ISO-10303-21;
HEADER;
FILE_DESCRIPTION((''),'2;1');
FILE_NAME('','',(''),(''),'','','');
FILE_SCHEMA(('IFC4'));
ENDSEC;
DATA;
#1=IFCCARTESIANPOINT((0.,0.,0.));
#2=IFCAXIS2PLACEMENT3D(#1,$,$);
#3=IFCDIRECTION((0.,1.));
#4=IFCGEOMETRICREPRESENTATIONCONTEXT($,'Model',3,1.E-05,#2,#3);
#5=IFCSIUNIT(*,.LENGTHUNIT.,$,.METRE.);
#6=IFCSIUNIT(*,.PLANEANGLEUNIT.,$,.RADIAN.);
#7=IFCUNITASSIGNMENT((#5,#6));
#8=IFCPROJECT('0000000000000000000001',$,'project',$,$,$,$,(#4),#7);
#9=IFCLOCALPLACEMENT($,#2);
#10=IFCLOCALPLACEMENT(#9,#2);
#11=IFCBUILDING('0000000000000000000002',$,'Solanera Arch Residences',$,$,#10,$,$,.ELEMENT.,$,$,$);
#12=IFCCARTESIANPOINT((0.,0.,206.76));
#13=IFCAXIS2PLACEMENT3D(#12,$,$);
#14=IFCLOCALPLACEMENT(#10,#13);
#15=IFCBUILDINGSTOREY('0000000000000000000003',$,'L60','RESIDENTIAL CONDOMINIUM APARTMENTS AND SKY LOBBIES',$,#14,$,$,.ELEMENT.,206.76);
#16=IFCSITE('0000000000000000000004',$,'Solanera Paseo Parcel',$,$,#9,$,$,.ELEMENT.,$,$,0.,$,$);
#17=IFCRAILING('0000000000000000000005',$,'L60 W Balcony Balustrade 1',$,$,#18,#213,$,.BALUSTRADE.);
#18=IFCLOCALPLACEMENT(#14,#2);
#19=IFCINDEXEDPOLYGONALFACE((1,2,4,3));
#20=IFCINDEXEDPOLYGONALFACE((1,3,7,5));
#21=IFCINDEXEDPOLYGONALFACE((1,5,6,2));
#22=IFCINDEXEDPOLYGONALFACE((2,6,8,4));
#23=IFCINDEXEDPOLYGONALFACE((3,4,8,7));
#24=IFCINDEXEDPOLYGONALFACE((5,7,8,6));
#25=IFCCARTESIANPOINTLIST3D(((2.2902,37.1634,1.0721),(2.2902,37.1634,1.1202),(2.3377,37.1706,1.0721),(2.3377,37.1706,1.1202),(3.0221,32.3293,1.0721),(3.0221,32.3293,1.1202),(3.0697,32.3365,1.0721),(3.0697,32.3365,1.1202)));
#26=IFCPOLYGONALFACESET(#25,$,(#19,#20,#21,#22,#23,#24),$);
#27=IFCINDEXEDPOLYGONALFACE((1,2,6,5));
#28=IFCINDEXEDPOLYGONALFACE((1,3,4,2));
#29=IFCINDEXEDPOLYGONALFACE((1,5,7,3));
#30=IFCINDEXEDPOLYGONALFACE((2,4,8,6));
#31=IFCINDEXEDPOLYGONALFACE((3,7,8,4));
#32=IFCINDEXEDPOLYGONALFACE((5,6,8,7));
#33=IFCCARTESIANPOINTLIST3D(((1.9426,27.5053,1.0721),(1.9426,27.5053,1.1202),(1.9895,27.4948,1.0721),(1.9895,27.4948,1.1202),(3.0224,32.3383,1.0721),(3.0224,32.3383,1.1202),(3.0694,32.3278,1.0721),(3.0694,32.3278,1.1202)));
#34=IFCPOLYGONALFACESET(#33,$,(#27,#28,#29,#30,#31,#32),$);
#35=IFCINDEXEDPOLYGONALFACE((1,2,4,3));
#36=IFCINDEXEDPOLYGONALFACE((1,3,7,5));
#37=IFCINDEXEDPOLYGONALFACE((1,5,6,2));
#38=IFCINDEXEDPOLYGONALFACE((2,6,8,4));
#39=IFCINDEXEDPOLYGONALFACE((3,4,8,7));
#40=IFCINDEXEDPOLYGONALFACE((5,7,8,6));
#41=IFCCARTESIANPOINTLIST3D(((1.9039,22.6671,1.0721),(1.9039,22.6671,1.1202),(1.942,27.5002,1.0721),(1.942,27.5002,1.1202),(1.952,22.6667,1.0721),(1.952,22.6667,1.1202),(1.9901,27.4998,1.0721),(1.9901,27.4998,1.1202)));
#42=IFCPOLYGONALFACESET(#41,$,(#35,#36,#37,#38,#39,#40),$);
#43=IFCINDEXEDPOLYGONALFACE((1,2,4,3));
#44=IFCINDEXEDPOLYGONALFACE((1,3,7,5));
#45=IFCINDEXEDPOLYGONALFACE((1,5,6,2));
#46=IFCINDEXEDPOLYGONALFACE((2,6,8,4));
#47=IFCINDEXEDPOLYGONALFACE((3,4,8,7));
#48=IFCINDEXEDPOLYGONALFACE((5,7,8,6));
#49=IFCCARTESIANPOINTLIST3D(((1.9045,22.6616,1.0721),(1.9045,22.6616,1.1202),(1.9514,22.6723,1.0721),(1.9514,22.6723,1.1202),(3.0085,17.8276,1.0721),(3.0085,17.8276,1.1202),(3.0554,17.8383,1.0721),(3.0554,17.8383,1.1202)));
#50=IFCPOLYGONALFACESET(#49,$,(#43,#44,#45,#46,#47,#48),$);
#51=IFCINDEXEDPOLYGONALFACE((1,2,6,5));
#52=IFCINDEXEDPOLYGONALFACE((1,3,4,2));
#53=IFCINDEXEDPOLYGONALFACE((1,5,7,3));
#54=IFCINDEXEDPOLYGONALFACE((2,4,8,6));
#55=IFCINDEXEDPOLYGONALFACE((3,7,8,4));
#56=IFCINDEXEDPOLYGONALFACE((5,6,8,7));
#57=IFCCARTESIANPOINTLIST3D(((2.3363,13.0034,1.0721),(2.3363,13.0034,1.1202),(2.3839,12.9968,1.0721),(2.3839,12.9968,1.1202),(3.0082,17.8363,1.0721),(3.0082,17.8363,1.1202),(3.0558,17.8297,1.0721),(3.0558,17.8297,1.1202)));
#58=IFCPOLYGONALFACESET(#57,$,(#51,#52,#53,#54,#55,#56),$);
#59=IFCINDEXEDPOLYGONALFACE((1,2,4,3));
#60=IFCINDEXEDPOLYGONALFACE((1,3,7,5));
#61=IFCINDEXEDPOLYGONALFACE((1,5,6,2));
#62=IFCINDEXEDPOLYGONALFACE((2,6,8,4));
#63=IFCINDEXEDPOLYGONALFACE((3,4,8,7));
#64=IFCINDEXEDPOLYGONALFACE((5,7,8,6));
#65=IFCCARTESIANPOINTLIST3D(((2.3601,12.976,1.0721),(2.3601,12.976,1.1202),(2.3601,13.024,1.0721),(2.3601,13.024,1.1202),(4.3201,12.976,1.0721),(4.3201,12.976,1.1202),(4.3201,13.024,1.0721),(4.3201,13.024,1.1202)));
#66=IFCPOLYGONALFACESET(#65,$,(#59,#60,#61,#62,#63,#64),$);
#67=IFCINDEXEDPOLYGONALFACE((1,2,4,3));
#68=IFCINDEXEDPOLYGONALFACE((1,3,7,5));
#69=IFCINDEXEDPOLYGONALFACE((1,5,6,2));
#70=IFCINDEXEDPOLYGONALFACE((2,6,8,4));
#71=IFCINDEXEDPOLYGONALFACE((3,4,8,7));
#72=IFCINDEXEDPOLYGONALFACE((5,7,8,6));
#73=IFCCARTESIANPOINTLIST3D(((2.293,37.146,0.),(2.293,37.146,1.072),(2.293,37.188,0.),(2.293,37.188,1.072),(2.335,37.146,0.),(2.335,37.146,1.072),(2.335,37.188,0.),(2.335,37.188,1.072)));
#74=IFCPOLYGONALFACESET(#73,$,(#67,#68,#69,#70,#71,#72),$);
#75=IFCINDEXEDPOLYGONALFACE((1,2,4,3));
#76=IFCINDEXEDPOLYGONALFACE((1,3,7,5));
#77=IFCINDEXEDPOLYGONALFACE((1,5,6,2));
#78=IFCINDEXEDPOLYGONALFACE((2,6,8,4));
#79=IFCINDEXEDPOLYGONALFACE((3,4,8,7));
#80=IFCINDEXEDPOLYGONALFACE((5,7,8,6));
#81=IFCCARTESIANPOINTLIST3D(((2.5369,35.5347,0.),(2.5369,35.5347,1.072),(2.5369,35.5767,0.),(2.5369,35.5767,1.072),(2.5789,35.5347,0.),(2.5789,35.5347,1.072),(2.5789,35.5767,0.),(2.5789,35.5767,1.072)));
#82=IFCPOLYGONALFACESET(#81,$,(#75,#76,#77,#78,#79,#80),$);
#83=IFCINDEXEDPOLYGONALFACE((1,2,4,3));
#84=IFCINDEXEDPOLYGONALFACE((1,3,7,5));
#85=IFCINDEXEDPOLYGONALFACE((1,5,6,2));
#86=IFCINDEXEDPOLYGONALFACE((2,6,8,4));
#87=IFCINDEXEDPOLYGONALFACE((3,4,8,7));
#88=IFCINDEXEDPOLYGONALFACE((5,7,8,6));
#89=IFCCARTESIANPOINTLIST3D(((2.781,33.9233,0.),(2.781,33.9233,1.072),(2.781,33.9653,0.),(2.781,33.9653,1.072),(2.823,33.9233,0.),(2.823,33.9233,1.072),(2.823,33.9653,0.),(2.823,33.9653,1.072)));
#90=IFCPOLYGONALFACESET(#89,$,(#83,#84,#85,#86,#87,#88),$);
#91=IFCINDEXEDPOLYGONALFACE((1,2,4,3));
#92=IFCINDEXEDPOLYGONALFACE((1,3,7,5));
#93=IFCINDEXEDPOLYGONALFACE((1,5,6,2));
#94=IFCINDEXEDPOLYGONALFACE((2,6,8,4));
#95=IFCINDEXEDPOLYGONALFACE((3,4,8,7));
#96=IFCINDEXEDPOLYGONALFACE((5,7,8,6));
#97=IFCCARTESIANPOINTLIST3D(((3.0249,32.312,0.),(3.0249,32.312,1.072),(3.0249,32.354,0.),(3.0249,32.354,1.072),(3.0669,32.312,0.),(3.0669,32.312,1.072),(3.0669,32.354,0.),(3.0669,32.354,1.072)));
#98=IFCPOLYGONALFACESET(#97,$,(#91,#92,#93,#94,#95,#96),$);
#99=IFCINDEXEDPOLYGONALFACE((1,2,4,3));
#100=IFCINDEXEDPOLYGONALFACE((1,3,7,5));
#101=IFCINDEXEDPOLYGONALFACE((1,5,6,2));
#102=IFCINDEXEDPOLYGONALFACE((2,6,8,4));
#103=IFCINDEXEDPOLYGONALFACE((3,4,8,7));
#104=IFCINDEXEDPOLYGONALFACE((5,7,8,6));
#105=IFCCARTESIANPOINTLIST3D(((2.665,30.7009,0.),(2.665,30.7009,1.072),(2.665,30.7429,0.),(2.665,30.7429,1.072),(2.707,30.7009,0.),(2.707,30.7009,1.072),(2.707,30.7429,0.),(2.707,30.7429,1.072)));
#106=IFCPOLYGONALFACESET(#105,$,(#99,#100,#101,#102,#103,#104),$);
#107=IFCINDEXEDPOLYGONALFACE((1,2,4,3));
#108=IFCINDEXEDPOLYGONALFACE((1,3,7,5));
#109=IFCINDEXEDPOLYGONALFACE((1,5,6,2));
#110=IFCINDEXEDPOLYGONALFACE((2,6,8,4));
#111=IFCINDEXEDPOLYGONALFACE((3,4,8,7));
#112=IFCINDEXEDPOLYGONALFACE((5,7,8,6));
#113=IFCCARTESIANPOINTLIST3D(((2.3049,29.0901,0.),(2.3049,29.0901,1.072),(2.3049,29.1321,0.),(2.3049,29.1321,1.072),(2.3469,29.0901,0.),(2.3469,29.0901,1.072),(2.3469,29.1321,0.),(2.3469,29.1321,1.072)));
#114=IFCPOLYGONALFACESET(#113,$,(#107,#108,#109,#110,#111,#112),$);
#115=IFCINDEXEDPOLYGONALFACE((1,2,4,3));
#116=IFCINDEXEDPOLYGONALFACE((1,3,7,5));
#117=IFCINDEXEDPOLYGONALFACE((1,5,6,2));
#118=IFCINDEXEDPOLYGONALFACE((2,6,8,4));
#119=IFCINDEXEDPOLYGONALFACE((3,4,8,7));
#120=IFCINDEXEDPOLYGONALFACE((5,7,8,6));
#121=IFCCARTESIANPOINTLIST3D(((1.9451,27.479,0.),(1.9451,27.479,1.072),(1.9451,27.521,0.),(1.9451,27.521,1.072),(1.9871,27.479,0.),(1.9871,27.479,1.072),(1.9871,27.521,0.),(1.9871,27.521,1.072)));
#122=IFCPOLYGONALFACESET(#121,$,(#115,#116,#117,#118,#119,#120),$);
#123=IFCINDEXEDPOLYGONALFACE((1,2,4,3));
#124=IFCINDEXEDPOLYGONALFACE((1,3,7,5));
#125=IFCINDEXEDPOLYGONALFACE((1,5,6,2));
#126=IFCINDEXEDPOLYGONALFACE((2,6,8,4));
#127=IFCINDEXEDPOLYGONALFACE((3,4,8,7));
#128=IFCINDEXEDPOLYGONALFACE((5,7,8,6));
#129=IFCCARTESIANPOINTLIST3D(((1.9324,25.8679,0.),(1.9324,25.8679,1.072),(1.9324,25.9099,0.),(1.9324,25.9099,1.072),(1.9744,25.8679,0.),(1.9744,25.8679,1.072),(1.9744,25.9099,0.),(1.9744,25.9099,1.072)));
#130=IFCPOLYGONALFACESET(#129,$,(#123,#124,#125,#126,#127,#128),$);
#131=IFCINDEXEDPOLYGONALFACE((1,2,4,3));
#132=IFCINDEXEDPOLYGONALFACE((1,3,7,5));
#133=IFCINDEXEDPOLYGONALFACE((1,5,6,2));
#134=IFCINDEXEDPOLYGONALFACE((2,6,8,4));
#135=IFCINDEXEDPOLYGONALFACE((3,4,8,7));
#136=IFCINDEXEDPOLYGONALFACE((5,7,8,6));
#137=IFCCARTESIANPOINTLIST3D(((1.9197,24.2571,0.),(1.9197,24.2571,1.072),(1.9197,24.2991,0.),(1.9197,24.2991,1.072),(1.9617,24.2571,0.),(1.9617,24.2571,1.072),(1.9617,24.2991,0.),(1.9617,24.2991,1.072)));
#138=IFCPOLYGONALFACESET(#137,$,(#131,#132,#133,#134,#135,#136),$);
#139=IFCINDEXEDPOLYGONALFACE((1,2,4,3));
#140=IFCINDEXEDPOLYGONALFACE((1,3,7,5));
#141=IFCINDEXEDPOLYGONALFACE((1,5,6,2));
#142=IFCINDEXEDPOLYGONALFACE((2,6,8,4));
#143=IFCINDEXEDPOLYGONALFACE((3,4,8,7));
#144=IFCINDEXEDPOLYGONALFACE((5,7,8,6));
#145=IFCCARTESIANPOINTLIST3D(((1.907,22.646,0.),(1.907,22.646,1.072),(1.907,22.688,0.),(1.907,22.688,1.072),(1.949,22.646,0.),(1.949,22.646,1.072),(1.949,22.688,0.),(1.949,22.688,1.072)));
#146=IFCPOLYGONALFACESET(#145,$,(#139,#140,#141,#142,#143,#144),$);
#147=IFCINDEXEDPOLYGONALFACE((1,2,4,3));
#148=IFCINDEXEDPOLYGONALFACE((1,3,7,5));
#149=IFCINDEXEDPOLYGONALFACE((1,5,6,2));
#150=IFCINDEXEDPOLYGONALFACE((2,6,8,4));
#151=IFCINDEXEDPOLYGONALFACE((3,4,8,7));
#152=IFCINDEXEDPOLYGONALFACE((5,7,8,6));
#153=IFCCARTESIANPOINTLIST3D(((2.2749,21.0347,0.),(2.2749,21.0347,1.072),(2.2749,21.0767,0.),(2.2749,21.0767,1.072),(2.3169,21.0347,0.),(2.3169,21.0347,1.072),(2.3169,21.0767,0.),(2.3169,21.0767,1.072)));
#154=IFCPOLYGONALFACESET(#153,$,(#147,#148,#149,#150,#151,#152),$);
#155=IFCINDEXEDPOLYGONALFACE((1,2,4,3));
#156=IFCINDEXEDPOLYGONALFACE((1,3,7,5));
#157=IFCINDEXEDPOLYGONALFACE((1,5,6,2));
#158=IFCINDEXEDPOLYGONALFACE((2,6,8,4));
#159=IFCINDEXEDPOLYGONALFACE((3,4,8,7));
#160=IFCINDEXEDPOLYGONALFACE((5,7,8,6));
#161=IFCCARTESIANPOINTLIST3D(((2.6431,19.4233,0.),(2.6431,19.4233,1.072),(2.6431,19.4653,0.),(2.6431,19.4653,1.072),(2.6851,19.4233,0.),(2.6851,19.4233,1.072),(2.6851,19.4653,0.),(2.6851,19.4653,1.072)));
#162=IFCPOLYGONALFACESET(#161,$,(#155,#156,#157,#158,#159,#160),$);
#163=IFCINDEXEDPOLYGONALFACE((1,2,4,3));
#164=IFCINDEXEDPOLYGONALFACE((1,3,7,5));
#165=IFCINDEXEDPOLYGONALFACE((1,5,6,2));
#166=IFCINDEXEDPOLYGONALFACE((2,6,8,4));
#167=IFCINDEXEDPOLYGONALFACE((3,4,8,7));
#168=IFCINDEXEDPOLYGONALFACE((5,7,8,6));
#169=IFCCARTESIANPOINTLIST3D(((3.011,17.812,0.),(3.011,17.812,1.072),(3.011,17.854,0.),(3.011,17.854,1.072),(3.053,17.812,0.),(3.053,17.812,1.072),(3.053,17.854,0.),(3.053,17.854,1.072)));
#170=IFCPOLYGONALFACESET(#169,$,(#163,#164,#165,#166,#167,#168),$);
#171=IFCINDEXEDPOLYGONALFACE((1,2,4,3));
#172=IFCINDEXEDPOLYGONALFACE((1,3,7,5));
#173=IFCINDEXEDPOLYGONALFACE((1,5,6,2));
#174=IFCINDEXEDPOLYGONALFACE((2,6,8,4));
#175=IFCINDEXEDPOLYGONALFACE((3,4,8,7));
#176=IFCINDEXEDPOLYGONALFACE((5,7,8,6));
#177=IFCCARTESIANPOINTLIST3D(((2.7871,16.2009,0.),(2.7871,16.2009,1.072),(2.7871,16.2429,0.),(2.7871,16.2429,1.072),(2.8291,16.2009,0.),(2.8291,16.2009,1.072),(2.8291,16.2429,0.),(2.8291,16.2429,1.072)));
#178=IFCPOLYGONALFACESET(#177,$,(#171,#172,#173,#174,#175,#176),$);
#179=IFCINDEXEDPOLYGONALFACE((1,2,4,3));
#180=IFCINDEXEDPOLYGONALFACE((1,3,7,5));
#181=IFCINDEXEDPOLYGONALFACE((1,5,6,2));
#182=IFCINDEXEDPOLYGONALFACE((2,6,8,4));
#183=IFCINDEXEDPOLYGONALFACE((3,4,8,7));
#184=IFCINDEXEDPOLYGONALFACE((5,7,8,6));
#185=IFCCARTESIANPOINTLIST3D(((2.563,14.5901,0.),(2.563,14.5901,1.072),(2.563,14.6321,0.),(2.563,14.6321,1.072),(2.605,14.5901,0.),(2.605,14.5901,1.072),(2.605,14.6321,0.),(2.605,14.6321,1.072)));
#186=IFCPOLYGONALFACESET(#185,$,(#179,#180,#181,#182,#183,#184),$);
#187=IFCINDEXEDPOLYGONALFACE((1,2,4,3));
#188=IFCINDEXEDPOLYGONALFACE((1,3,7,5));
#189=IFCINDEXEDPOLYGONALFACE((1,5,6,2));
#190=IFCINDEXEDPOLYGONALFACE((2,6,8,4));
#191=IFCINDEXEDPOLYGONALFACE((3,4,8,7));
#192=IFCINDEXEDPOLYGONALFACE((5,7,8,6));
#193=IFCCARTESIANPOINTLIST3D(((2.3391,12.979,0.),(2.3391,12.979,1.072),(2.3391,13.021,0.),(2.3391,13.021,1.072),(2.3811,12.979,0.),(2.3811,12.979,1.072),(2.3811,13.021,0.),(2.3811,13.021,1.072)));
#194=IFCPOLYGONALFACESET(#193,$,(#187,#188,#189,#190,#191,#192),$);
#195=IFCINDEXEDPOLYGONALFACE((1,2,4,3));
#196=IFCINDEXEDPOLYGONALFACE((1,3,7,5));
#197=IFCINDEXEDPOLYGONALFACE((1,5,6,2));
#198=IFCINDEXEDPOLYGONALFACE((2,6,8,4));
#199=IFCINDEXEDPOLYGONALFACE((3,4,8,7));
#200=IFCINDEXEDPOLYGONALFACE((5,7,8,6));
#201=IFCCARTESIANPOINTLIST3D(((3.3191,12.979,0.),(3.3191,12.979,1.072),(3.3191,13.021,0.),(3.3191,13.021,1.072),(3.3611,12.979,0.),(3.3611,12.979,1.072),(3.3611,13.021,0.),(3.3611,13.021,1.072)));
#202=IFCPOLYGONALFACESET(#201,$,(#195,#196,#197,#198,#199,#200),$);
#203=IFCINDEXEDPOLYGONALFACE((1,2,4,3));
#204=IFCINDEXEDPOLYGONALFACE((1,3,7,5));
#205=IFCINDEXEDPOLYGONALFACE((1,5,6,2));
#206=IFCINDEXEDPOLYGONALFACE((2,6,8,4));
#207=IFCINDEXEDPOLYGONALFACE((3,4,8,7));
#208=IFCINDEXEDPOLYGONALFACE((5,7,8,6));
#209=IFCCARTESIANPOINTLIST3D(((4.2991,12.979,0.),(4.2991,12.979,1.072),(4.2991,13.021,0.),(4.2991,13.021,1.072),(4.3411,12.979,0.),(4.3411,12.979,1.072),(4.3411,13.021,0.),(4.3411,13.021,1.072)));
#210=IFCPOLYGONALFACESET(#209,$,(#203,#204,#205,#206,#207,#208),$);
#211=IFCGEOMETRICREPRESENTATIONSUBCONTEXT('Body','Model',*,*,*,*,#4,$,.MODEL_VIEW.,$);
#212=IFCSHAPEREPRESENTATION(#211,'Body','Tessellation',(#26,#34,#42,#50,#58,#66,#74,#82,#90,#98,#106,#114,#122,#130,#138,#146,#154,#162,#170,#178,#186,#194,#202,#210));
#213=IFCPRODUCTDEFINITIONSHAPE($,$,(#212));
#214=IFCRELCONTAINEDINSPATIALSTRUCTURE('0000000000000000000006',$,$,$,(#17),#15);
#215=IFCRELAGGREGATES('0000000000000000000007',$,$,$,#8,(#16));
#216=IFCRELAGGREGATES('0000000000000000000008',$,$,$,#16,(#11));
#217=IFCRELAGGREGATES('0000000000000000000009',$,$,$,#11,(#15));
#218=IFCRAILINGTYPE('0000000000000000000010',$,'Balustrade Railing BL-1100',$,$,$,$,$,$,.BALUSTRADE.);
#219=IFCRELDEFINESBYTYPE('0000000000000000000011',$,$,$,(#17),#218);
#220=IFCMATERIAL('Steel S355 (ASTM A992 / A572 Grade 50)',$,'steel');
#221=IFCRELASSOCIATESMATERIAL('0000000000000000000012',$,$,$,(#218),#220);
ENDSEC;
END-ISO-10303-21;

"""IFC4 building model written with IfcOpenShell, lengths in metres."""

from ifc_helpers import new_model, si_unit, direction, frame, origin, origin_2d, place, context, subcontext, project, spatial, rectangle, extrude, material, type_object, element, save


model = new_model("IFC4")

# Units and contexts
model_context = context("Model", 3, precision=1e-05, world=origin(), true_north=direction((0.0, 1.0)))
body_context = subcontext(model_context, "Body", "Model", "MODEL_VIEW")
ifc_project = project(units=[si_unit("LENGTHUNIT", "METRE"), si_unit("PLANEANGLEUNIT", "RADIAN")], contexts=[model_context])

# Site, building, storey
site_placement = place(None, origin())
site = spatial("IfcSite", under=ifc_project, at=site_placement, Name="Solanera Paseo Parcel", CompositionType="ELEMENT", RefElevation=0.0)
building_placement = place(site_placement, origin())
building = spatial("IfcBuilding", under=site, at=building_placement, Name="Solanera Arch Residences", CompositionType="ELEMENT")
storey_placement = place(building_placement, frame((0.0, 0.0, 206.76)))
storey = spatial("IfcBuildingStorey", under=building, at=storey_placement, Name="L60", Description="RESIDENTIAL CONDOMINIUM APARTMENTS AND SKY LOBBIES", CompositionType="ELEMENT", Elevation=206.76)

# Railing
ifc_material_1 = material(Name="Steel S355 (ASTM A992 / A572 Grade 50)", Category="steel")
railing_type = type_object("IfcRailingType", Name="Balustrade Railing BL-1100", PredefinedType="BALUSTRADE", material=ifc_material_1)
railing_placement = place(storey_placement, frame((2.314, 37.167, 0.0)))
element("IfcRailing", 1, at=railing_placement, inside=storey, type_object=railing_type, Name="L60 W Balcony Balustrade 1", PredefinedType="BALUSTRADE", context=body_context, shape_type="SweptSolid", body=[
    extrude(rectangle(XDim=0.0481, YDim=0.0481, at=origin_2d()), frame((0.0, 0.0, 1.0962), z_axis=(0.149708, -0.98873, 0.0), x_axis=(0.98873, 0.149708, 0.0)), (0.0, 0.0, 1.0), 4.8892),
    extrude(rectangle(XDim=0.0481, YDim=0.0481, at=origin_2d()), frame((0.7319, -4.834, 1.0962), z_axis=(-0.218053, -0.975937, 0.0), x_axis=(0.975937, -0.218053, 0.0)), (0.0, 0.0, 1.0), 4.9521),
    extrude(rectangle(XDim=0.0481, YDim=0.0481, at=origin_2d()), frame((-0.3479, -9.667, 1.0962), z_axis=(-0.00788, -0.999969, 0.0), x_axis=(0.999969, -0.00788, 0.0)), (0.0, 0.0, 1.0), 4.8333),
    extrude(rectangle(XDim=0.0481, YDim=0.0481, at=origin_2d()), frame((-0.386, -14.5, 1.0962), z_axis=(0.222651, -0.974898, 0.0), x_axis=(0.974898, 0.222651, 0.0)), (0.0, 0.0, 1.0), 4.9585),
    extrude(rectangle(XDim=0.0481, YDim=0.0481, at=origin_2d()), frame((0.718, -19.334, 1.0962), z_axis=(-0.137694, -0.990475, 0.0), x_axis=(0.990475, -0.137694, 0.0)), (0.0, 0.0, 1.0), 4.8794),
    extrude(rectangle(XDim=0.0481, YDim=0.0481, at=origin_2d()), frame((0.0461, -24.167, 1.0962), z_axis=(1.0, 0.0, 0.0), x_axis=(0.0, 1.0, 0.0)), (0.0, 0.0, 1.0), 1.96),
    extrude(rectangle(XDim=0.042, YDim=0.042, at=origin_2d()), origin(), (0.0, 0.0, 1.0), 1.072),
    extrude(rectangle(XDim=0.042, YDim=0.042, at=origin_2d()), frame((0.2439, -1.6113, 0.0)), (0.0, 0.0, 1.0), 1.072),
    extrude(rectangle(XDim=0.042, YDim=0.042, at=origin_2d()), frame((0.488, -3.2227, 0.0)), (0.0, 0.0, 1.0), 1.072),
    extrude(rectangle(XDim=0.042, YDim=0.042, at=origin_2d()), frame((0.7319, -4.834, 0.0)), (0.0, 0.0, 1.0), 1.072),
    extrude(rectangle(XDim=0.042, YDim=0.042, at=origin_2d()), frame((0.3721, -6.4451, 0.0)), (0.0, 0.0, 1.0), 1.072),
    extrude(rectangle(XDim=0.042, YDim=0.042, at=origin_2d()), frame((0.012, -8.0559, 0.0)), (0.0, 0.0, 1.0), 1.072),
    extrude(rectangle(XDim=0.042, YDim=0.042, at=origin_2d()), frame((-0.3479, -9.667, 0.0)), (0.0, 0.0, 1.0), 1.072),
    extrude(rectangle(XDim=0.042, YDim=0.042, at=origin_2d()), frame((-0.3606, -11.2781, 0.0)), (0.0, 0.0, 1.0), 1.072),
    extrude(rectangle(XDim=0.042, YDim=0.042, at=origin_2d()), frame((-0.3733, -12.8889, 0.0)), (0.0, 0.0, 1.0), 1.072),
    extrude(rectangle(XDim=0.042, YDim=0.042, at=origin_2d()), frame((-0.386, -14.5, 0.0)), (0.0, 0.0, 1.0), 1.072),
    extrude(rectangle(XDim=0.042, YDim=0.042, at=origin_2d()), frame((-0.0181, -16.1113, 0.0)), (0.0, 0.0, 1.0), 1.072),
    extrude(rectangle(XDim=0.042, YDim=0.042, at=origin_2d()), frame((0.3501, -17.7227, 0.0)), (0.0, 0.0, 1.0), 1.072),
    extrude(rectangle(XDim=0.042, YDim=0.042, at=origin_2d()), frame((0.718, -19.334, 0.0)), (0.0, 0.0, 1.0), 1.072),
    extrude(rectangle(XDim=0.042, YDim=0.042, at=origin_2d()), frame((0.4941, -20.9451, 0.0)), (0.0, 0.0, 1.0), 1.072),
    extrude(rectangle(XDim=0.042, YDim=0.042, at=origin_2d()), frame((0.27, -22.5559, 0.0)), (0.0, 0.0, 1.0), 1.072),
    extrude(rectangle(XDim=0.042, YDim=0.042, at=origin_2d()), frame((0.0461, -24.167, 0.0)), (0.0, 0.0, 1.0), 1.072),
    extrude(rectangle(XDim=0.042, YDim=0.042, at=origin_2d()), frame((1.0261, -24.167, 0.0)), (0.0, 0.0, 1.0), 1.072),
    extrude(rectangle(XDim=0.042, YDim=0.042, at=origin_2d()), frame((2.0061, -24.167, 0.0)), (0.0, 0.0, 1.0), 1.072),
])

save(model, "model.ifc")
